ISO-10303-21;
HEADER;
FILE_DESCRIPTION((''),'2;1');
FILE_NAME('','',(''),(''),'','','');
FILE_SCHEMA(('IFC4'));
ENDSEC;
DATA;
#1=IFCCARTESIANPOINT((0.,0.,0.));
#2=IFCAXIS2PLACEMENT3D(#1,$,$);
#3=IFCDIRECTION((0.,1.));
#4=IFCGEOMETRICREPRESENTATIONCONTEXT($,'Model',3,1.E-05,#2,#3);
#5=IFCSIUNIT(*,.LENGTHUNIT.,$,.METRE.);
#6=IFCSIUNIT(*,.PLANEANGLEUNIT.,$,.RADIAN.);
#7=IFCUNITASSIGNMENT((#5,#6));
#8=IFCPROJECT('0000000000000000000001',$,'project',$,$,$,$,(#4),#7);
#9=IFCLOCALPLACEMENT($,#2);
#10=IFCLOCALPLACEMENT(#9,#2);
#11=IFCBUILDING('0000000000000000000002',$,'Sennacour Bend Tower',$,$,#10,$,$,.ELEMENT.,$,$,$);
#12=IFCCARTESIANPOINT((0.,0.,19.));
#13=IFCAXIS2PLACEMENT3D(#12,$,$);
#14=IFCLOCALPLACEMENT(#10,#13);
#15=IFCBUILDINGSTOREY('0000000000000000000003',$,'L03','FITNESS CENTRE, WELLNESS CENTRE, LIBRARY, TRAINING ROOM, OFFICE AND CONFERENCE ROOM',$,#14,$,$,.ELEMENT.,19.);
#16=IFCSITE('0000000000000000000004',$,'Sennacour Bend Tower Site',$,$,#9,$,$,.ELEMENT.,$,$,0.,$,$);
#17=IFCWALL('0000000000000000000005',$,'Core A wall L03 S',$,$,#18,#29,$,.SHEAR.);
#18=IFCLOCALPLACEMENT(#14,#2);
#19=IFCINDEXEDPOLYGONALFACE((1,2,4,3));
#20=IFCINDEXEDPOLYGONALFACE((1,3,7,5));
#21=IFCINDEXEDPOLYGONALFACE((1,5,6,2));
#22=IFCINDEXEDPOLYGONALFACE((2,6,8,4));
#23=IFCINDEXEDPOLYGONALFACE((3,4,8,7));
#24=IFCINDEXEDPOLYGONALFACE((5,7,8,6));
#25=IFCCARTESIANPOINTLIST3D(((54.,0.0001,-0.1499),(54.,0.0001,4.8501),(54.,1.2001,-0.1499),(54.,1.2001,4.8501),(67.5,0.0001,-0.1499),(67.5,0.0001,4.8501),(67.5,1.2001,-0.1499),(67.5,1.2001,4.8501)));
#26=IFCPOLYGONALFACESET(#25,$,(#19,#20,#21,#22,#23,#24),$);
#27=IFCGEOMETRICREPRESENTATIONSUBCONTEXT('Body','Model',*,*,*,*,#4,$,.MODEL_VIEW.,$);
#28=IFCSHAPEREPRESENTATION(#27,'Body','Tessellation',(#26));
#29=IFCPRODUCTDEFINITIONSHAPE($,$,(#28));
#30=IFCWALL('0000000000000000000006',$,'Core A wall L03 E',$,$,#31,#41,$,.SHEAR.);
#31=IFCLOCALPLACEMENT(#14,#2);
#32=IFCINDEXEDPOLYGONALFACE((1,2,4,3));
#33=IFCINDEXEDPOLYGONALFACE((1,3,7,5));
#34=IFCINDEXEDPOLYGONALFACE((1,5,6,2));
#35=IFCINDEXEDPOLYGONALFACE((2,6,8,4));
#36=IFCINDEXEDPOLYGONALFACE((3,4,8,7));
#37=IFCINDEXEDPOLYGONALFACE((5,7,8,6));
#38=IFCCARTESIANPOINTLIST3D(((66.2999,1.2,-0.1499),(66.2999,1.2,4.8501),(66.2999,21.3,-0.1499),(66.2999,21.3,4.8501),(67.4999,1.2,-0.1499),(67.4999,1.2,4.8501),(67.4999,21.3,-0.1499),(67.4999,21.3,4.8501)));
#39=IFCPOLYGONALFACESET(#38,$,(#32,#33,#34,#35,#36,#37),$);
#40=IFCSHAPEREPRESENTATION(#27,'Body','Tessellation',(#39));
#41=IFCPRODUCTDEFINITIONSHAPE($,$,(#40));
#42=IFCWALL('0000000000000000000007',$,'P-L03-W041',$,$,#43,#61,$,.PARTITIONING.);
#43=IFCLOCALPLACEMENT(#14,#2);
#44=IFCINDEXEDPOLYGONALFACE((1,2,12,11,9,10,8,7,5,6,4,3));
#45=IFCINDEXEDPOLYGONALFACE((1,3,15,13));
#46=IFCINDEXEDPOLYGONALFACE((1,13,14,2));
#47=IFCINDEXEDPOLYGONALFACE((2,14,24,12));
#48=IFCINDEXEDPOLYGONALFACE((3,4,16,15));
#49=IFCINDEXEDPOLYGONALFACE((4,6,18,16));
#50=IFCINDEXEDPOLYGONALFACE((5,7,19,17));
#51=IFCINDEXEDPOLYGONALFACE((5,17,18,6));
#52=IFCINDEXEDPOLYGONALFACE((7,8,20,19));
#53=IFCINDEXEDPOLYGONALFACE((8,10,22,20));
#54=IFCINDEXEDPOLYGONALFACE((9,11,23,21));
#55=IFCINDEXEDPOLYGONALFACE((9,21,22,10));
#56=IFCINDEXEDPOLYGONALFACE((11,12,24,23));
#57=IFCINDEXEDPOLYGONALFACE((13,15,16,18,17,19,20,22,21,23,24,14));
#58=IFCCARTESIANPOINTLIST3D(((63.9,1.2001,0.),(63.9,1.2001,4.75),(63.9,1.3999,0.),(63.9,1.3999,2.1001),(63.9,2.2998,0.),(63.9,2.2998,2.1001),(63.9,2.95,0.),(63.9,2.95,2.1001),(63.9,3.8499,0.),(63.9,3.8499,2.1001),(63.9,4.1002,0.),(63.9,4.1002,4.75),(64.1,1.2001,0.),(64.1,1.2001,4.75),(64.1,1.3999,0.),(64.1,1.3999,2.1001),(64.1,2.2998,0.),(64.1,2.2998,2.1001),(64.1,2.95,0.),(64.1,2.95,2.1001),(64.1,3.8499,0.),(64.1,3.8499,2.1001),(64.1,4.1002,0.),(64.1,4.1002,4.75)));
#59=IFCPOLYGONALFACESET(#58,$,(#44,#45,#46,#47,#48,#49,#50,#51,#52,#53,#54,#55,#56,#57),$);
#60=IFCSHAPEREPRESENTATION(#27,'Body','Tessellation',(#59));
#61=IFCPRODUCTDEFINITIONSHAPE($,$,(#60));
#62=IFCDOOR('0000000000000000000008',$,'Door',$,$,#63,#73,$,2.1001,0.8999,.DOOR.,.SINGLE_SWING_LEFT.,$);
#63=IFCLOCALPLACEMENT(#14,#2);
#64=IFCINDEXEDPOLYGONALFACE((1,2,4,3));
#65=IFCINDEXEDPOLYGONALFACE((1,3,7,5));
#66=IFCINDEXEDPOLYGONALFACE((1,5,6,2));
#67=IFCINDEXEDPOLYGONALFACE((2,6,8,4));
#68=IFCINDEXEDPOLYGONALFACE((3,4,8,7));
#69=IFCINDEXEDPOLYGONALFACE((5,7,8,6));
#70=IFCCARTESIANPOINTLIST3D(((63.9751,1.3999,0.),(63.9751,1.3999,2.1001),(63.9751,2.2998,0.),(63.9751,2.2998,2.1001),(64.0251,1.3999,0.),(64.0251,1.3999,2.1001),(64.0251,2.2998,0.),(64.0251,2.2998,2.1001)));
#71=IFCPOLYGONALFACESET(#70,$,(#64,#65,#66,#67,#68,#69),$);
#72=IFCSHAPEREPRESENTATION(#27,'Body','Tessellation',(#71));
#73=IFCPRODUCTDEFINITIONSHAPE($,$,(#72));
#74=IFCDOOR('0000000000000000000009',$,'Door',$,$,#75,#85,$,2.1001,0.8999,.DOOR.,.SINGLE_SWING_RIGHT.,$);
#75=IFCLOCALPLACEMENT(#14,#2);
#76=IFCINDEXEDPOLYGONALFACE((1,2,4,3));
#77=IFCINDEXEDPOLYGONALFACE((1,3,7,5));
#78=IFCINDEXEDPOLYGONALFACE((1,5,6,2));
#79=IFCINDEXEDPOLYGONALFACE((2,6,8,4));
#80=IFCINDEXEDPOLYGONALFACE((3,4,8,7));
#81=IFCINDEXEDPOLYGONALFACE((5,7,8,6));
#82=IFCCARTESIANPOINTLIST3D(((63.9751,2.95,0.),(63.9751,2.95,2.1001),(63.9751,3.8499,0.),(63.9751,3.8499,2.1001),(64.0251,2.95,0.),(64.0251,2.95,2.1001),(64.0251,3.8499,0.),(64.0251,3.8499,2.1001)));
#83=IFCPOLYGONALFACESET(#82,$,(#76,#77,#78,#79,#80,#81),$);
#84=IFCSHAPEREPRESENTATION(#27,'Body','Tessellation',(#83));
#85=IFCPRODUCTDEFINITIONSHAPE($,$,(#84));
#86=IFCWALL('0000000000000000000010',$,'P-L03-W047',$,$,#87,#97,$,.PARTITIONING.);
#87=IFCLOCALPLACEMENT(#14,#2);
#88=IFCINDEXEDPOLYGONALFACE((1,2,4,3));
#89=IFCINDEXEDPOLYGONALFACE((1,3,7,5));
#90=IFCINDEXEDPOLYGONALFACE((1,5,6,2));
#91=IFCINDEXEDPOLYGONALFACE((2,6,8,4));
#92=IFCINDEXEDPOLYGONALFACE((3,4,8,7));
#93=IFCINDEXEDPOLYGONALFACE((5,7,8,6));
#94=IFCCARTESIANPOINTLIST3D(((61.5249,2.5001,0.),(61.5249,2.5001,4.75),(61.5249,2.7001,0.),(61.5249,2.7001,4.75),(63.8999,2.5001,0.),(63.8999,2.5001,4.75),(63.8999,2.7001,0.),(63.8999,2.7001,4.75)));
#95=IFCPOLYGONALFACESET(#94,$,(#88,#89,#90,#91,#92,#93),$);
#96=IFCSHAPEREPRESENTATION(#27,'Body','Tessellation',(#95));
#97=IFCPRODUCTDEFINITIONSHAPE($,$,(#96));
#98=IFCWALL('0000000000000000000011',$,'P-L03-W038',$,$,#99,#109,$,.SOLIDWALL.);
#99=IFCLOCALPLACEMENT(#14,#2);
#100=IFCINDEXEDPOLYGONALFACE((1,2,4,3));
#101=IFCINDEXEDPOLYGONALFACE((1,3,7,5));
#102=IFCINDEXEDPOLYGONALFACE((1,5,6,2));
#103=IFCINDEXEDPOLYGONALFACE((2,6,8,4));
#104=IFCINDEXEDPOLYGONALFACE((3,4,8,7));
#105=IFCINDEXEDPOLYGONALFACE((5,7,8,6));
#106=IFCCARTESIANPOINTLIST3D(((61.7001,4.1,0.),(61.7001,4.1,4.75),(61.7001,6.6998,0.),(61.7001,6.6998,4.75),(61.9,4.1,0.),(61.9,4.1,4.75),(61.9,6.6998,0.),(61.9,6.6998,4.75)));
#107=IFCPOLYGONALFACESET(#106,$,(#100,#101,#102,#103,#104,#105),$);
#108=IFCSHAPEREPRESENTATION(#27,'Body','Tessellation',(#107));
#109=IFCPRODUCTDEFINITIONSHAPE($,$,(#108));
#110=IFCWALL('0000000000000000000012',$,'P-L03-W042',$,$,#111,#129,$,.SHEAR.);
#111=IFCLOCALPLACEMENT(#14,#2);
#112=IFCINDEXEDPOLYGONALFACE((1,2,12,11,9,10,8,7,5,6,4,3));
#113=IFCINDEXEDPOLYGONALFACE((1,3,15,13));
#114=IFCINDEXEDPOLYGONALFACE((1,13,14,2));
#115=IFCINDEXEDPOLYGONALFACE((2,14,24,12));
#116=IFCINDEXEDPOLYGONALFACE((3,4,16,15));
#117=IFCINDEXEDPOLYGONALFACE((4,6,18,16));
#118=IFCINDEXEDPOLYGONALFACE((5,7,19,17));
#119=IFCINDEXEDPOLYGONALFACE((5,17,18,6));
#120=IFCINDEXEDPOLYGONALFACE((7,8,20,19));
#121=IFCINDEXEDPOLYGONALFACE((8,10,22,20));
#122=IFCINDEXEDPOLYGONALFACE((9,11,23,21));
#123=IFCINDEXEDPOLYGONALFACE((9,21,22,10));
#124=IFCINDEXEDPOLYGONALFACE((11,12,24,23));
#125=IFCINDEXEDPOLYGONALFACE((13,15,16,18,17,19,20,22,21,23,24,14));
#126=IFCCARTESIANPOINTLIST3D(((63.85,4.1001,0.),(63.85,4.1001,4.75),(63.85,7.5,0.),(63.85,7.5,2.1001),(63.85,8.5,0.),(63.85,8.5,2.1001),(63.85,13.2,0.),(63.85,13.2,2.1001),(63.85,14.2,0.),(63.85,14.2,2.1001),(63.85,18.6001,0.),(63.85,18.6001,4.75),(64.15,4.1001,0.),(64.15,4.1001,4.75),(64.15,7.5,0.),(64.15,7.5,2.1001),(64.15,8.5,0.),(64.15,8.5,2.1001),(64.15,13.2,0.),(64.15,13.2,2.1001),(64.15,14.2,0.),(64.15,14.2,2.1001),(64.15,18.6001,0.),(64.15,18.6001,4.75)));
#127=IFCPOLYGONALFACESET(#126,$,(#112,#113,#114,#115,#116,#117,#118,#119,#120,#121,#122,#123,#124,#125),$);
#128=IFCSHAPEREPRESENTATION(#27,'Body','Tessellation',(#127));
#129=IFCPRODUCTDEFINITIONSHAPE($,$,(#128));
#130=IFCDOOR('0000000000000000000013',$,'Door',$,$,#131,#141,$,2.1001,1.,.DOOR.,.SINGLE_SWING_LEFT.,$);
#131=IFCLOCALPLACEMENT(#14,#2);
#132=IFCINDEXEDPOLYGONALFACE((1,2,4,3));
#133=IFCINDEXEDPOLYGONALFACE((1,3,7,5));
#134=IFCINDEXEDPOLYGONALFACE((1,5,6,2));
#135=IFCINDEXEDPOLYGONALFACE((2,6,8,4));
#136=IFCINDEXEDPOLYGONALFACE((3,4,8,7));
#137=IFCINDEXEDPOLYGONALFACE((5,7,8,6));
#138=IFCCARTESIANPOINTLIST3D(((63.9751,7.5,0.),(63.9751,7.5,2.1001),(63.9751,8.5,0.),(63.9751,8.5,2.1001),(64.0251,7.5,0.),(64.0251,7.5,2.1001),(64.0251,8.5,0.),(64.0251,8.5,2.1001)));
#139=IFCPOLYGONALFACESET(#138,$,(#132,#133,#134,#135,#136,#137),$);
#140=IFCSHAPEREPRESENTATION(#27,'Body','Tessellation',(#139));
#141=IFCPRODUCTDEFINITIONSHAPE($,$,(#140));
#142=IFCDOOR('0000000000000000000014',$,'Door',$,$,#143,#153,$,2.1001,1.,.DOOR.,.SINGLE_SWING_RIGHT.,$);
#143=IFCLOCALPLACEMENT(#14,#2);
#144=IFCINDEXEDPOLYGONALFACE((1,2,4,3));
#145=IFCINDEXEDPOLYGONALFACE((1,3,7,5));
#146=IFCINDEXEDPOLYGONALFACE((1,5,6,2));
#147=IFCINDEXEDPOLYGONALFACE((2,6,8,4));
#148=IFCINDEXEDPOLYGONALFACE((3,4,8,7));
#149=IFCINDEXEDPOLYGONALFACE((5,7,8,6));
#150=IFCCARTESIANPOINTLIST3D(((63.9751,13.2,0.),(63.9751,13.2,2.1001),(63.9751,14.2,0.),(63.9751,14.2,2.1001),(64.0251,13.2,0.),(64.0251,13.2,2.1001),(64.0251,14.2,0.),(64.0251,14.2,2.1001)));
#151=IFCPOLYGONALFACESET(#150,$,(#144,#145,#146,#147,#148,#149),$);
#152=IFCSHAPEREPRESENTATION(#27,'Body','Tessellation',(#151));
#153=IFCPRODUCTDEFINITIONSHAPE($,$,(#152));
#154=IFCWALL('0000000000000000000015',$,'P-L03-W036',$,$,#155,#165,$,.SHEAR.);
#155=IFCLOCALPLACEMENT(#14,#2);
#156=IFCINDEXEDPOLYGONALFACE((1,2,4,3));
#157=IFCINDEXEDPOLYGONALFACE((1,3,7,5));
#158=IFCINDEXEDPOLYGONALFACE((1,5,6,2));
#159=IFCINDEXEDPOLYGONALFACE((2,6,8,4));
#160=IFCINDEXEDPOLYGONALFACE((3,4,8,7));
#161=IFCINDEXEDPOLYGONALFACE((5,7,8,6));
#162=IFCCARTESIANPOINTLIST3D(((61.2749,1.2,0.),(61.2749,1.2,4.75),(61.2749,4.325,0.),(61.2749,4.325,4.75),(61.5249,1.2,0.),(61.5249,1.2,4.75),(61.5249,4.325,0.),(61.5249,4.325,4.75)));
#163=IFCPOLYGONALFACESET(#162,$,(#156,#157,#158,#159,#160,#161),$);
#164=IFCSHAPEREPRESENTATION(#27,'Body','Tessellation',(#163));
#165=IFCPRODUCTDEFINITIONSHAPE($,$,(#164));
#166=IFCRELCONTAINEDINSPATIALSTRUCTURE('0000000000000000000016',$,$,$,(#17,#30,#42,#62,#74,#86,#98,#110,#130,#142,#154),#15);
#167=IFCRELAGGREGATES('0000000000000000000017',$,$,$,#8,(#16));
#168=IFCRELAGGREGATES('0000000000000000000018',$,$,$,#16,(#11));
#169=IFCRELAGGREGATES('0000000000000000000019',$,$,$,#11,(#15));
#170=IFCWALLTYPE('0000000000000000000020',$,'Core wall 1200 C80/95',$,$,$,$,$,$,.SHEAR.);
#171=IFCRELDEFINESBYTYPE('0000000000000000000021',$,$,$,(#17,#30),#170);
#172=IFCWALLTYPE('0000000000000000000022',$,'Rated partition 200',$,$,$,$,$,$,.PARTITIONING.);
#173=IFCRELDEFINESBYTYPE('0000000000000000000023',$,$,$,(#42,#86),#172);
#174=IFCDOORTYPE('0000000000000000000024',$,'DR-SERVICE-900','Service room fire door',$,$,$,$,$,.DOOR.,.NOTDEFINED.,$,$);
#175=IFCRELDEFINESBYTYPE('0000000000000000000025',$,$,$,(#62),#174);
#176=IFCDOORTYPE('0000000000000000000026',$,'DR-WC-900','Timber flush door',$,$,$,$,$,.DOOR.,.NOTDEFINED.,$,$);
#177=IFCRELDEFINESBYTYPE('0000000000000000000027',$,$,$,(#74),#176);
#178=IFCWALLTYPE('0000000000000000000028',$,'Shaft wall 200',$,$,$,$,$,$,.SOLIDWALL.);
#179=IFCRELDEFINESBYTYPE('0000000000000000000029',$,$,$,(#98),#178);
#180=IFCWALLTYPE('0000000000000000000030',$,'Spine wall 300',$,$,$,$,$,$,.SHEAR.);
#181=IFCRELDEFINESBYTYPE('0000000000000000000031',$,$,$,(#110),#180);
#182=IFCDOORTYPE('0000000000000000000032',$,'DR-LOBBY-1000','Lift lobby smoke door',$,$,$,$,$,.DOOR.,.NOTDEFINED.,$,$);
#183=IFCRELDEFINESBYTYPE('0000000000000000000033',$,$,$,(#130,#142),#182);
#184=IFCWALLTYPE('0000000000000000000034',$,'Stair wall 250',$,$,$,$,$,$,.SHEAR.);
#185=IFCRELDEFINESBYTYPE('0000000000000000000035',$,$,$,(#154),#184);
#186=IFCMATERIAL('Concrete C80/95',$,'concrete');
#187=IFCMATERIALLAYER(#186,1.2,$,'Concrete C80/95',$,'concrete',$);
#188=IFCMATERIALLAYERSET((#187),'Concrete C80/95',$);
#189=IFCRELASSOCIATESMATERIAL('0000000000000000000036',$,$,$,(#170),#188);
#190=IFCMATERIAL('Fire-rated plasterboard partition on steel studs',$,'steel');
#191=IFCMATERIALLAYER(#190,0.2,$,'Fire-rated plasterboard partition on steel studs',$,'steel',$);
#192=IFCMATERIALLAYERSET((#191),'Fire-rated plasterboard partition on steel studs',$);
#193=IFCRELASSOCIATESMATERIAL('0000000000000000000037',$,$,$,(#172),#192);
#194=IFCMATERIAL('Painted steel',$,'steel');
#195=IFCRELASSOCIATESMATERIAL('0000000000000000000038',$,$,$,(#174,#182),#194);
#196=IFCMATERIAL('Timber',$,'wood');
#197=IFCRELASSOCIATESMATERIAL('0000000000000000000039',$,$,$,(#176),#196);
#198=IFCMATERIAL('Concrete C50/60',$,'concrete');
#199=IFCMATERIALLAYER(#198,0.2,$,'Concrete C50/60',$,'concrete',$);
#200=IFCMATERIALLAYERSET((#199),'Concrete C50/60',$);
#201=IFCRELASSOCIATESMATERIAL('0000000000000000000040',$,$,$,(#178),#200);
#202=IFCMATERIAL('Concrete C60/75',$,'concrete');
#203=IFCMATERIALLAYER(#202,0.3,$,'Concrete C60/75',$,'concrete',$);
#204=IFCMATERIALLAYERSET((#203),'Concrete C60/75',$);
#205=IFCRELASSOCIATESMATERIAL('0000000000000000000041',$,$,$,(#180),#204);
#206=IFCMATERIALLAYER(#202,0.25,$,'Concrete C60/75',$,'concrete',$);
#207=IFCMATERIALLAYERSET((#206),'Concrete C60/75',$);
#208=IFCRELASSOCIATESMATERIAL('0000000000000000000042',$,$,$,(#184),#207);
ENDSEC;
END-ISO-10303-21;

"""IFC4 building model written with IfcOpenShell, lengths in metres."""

from ifc_helpers import new_model, si_unit, direction, frame, frame_2d, origin, place, context, subcontext, project, spatial, rectangle, extrude, material, layer, layer_set, type_object, element, fill, save


model = new_model("IFC4")

# Units and contexts
model_context = context("Model", 3, precision=1e-05, world=origin(), true_north=direction((0.0, 1.0)))
body_context = subcontext(model_context, "Body", "Model", "MODEL_VIEW")
ifc_project = project(units=[si_unit("LENGTHUNIT", "METRE"), si_unit("PLANEANGLEUNIT", "RADIAN")], contexts=[model_context])

# Site, building, storey
site_placement = place(None, origin())
site = spatial("IfcSite", under=ifc_project, at=site_placement, Name="Sennacour Bend Tower Site", CompositionType="ELEMENT", RefElevation=0.0)
building_placement = place(site_placement, origin())
building = spatial("IfcBuilding", under=site, at=building_placement, Name="Sennacour Bend Tower", CompositionType="ELEMENT")
storey_placement = place(building_placement, frame((0.0, 0.0, 19.0)))
storey = spatial("IfcBuildingStorey", under=building, at=storey_placement, Name="L03", Description="FITNESS CENTRE, WELLNESS CENTRE, LIBRARY, TRAINING ROOM, OFFICE AND CONFERENCE ROOM", CompositionType="ELEMENT", Elevation=19.0)

# Walls
ifc_material_1 = material(Name="Concrete C80/95", Category="concrete")
ifc_layer_1 = layer(ifc_material_1, 1.2, Name="Concrete C80/95", Category="concrete")
ifc_layer_set_1 = layer_set([ifc_layer_1], Name="Concrete C80/95")
wall_type_1 = type_object("IfcWallType", Name="Core wall 1200 C80/95", PredefinedType="SHEAR", material=ifc_layer_set_1)
wall_1_placement = place(storey_placement, frame((67.5, 0.6001, -0.1499), z_axis=(0.0, 0.0, 1.0), x_axis=(-1.0, 0.0, 0.0)))
element("IfcWall", 1, at=wall_1_placement, inside=storey, type_object=wall_type_1, Name="Core A wall L03 S", PredefinedType="SHEAR", context=body_context, shape_type="SweptSolid", body=[
    extrude(rectangle(XDim=13.5, YDim=1.2, at=frame_2d((6.75, 0.0))), origin(), (0.0, 0.0, 1.0), 5.0),
])
wall_2_placement = place(storey_placement, frame((66.8999, 1.2, -0.1499), z_axis=(0.0, 0.0, 1.0), x_axis=(0.0, 1.0, 0.0)))
element("IfcWall", 2, at=wall_2_placement, inside=storey, type_object=wall_type_1, Name="Core A wall L03 E", PredefinedType="SHEAR", context=body_context, shape_type="SweptSolid", body=[
    extrude(rectangle(XDim=20.1001, YDim=1.2, at=frame_2d((10.05, 0.0))), origin(), (0.0, 0.0, 1.0), 5.0),
])

# Wall, openings, doors
ifc_material_2 = material(Name="Fire-rated plasterboard partition on steel studs", Category="steel")
ifc_layer_2 = layer(ifc_material_2, 0.2, Name="Fire-rated plasterboard partition on steel studs", Category="steel")
ifc_layer_set_2 = layer_set([ifc_layer_2], Name="Fire-rated plasterboard partition on steel studs")
wall_type_2 = type_object("IfcWallType", Name="Rated partition 200", PredefinedType="PARTITIONING", material=ifc_layer_set_2)
wall_3_placement = place(storey_placement, frame((64.0, 1.2, 0.0), z_axis=(0.0, 0.0, 1.0), x_axis=(0.0, 1.0, 0.0)))
wall_3 = element("IfcWall", 3, at=wall_3_placement, inside=storey, type_object=wall_type_2, Name="P-L03-W041", PredefinedType="PARTITIONING", context=body_context, shape_type="SweptSolid", body=[
    extrude(rectangle(XDim=2.9001, YDim=0.2, at=frame_2d((1.4502, 0.0))), origin(), (0.0, 0.0, 1.0), 4.75),
])
opening_1_placement = place(wall_3_placement, frame((0.2, 0.0, 0.0)))
opening_1 = element("IfcOpeningElement", 4, at=opening_1_placement, cuts=wall_3, PredefinedType="OPENING", context=body_context, shape_type="SweptSolid", body=[
    extrude(rectangle(XDim=0.8999, YDim=2.1001, at=frame_2d((0.45, 1.05))), frame((0.0, 0.1099, 0.0), z_axis=(0.0, -1.0, 0.0), x_axis=(1.0, 0.0, 0.0)), (0.0, 0.0, 1.0), 0.22),
])
opening_2_placement = place(wall_3_placement, frame((1.75, 0.0, 0.0)))
opening_2 = element("IfcOpeningElement", 5, at=opening_2_placement, cuts=wall_3, PredefinedType="OPENING", context=body_context, shape_type="SweptSolid", body=[
    extrude(rectangle(XDim=0.8999, YDim=2.1001, at=frame_2d((0.45, 1.05))), frame((0.0, 0.1099, 0.0), z_axis=(0.0, -1.0, 0.0), x_axis=(1.0, 0.0, 0.0)), (0.0, 0.0, 1.0), 0.22),
])
ifc_material_3 = material(Name="Painted steel", Category="steel")
door_type_1 = type_object("IfcDoorType", Name="DR-SERVICE-900", Description="Service room fire door", OperationType="NOTDEFINED", PredefinedType="DOOR", material=ifc_material_3)
door_1_placement = place(opening_1_placement, origin())
door_1 = element("IfcDoor", 6, at=door_1_placement, inside=storey, type_object=door_type_1, Name="Door", OperationType="SINGLE_SWING_LEFT", OverallHeight=2.1001, OverallWidth=0.8999, PredefinedType="DOOR", context=body_context, shape_type="SweptSolid", body=[
    extrude(rectangle(XDim=0.8999, YDim=2.1001, at=frame_2d((0.45, 1.05))), frame((0.0, 0.0249, 0.0), z_axis=(0.0, -1.0, 0.0), x_axis=(1.0, 0.0, 0.0)), (0.0, 0.0, 1.0), 0.05),
])
fill(opening_1, door_1)
ifc_material_4 = material(Name="Timber", Category="wood")
door_type_2 = type_object("IfcDoorType", Name="DR-WC-900", Description="Timber flush door", OperationType="NOTDEFINED", PredefinedType="DOOR", material=ifc_material_4)
door_2_placement = place(opening_2_placement, origin())
door_2 = element("IfcDoor", 7, at=door_2_placement, inside=storey, type_object=door_type_2, Name="Door", OperationType="SINGLE_SWING_RIGHT", OverallHeight=2.1001, OverallWidth=0.8999, PredefinedType="DOOR", context=body_context, shape_type="SweptSolid", body=[
    extrude(rectangle(XDim=0.8999, YDim=2.1001, at=frame_2d((0.45, 1.05))), frame((0.0, 0.0249, 0.0), z_axis=(0.0, -1.0, 0.0), x_axis=(1.0, 0.0, 0.0)), (0.0, 0.0, 1.0), 0.05),
])
fill(opening_2, door_2)

# Walls
wall_4_placement = place(storey_placement, frame((61.5249, 2.6001, 0.0), z_axis=(0.0, 0.0, 1.0), x_axis=(1.0, 0.0, 0.0)))
element("IfcWall", 8, at=wall_4_placement, inside=storey, type_object=wall_type_2, Name="P-L03-W047", PredefinedType="PARTITIONING", context=body_context, shape_type="SweptSolid", body=[
    extrude(rectangle(XDim=2.375, YDim=0.2, at=frame_2d((1.1875, 0.0))), origin(), (0.0, 0.0, 1.0), 4.75),
])
ifc_material_5 = material(Name="Concrete C50/60", Category="concrete")
ifc_layer_3 = layer(ifc_material_5, 0.2, Name="Concrete C50/60", Category="concrete")
ifc_layer_set_3 = layer_set([ifc_layer_3], Name="Concrete C50/60")
wall_type_3 = type_object("IfcWallType", Name="Shaft wall 200", PredefinedType="SOLIDWALL", material=ifc_layer_set_3)
wall_5_placement = place(storey_placement, frame((61.8, 4.1001, 0.0), z_axis=(0.0, 0.0, 1.0), x_axis=(0.0, 1.0, 0.0)))
element("IfcWall", 9, at=wall_5_placement, inside=storey, type_object=wall_type_3, Name="P-L03-W038", PredefinedType="SOLIDWALL", context=body_context, shape_type="SweptSolid", body=[
    extrude(rectangle(XDim=2.5999, YDim=0.2, at=frame_2d((1.2998, 0.0))), origin(), (0.0, 0.0, 1.0), 4.75),
])

# Wall, openings, doors
ifc_material_6 = material(Name="Concrete C60/75", Category="concrete")
ifc_layer_4 = layer(ifc_material_6, 0.3, Name="Concrete C60/75", Category="concrete")
ifc_layer_set_4 = layer_set([ifc_layer_4], Name="Concrete C60/75")
wall_type_4 = type_object("IfcWallType", Name="Spine wall 300", PredefinedType="SHEAR", material=ifc_layer_set_4)
wall_6_placement = place(storey_placement, frame((64.0, 4.1001, 0.0), z_axis=(0.0, 0.0, 1.0), x_axis=(0.0, 1.0, 0.0)))
wall_6 = element("IfcWall", 10, at=wall_6_placement, inside=storey, type_object=wall_type_4, Name="P-L03-W042", PredefinedType="SHEAR", context=body_context, shape_type="SweptSolid", body=[
    extrude(rectangle(XDim=14.5, YDim=0.3, at=frame_2d((7.25, 0.0))), origin(), (0.0, 0.0, 1.0), 4.75),
])
opening_3_placement = place(wall_6_placement, frame((3.3999, 0.0, 0.0)))
opening_3 = element("IfcOpeningElement", 11, at=opening_3_placement, cuts=wall_6, PredefinedType="OPENING", context=body_context, shape_type="SweptSolid", body=[
    extrude(rectangle(XDim=1.0, YDim=2.1001, at=frame_2d((0.5, 1.05))), frame((0.0, 0.1602, 0.0), z_axis=(0.0, -1.0, 0.0), x_axis=(1.0, 0.0, 0.0)), (0.0, 0.0, 1.0), 0.3201),
])
opening_4_placement = place(wall_6_placement, frame((9.0999, 0.0, 0.0)))
opening_4 = element("IfcOpeningElement", 12, at=opening_4_placement, cuts=wall_6, PredefinedType="OPENING", context=body_context, shape_type="SweptSolid", body=[
    extrude(rectangle(XDim=1.0, YDim=2.1001, at=frame_2d((0.5, 1.05))), frame((0.0, 0.1602, 0.0), z_axis=(0.0, -1.0, 0.0), x_axis=(1.0, 0.0, 0.0)), (0.0, 0.0, 1.0), 0.3201),
])
door_type_3 = type_object("IfcDoorType", Name="DR-LOBBY-1000", Description="Lift lobby smoke door", OperationType="NOTDEFINED", PredefinedType="DOOR", material=ifc_material_3)
door_3_placement = place(opening_3_placement, origin())
door_3 = element("IfcDoor", 13, at=door_3_placement, inside=storey, type_object=door_type_3, Name="Door", OperationType="SINGLE_SWING_LEFT", OverallHeight=2.1001, OverallWidth=1.0, PredefinedType="DOOR", context=body_context, shape_type="SweptSolid", body=[
    extrude(rectangle(XDim=1.0, YDim=2.1001, at=frame_2d((0.5, 1.05))), frame((0.0, 0.0249, 0.0), z_axis=(0.0, -1.0, 0.0), x_axis=(1.0, 0.0, 0.0)), (0.0, 0.0, 1.0), 0.05),
])
fill(opening_3, door_3)
door_4_placement = place(opening_4_placement, origin())
door_4 = element("IfcDoor", 14, at=door_4_placement, inside=storey, type_object=door_type_3, Name="Door", OperationType="SINGLE_SWING_RIGHT", OverallHeight=2.1001, OverallWidth=1.0, PredefinedType="DOOR", context=body_context, shape_type="SweptSolid", body=[
    extrude(rectangle(XDim=1.0, YDim=2.1001, at=frame_2d((0.5, 1.05))), frame((0.0, 0.0249, 0.0), z_axis=(0.0, -1.0, 0.0), x_axis=(1.0, 0.0, 0.0)), (0.0, 0.0, 1.0), 0.05),
])
fill(opening_4, door_4)

# Wall
ifc_layer_5 = layer(ifc_material_6, 0.25, Name="Concrete C60/75", Category="concrete")
ifc_layer_set_5 = layer_set([ifc_layer_5], Name="Concrete C60/75")
wall_type_5 = type_object("IfcWallType", Name="Stair wall 250", PredefinedType="SHEAR", material=ifc_layer_set_5)
wall_7_placement = place(storey_placement, frame((61.3999, 1.2, 0.0), z_axis=(0.0, 0.0, 1.0), x_axis=(0.0, 1.0, 0.0)))
element("IfcWall", 15, at=wall_7_placement, inside=storey, type_object=wall_type_5, Name="P-L03-W036", PredefinedType="SHEAR", context=body_context, shape_type="SweptSolid", body=[
    extrude(rectangle(XDim=3.125, YDim=0.25, at=frame_2d((1.5625, 0.0))), origin(), (0.0, 0.0, 1.0), 4.75),
])

save(model, "model.ifc")
